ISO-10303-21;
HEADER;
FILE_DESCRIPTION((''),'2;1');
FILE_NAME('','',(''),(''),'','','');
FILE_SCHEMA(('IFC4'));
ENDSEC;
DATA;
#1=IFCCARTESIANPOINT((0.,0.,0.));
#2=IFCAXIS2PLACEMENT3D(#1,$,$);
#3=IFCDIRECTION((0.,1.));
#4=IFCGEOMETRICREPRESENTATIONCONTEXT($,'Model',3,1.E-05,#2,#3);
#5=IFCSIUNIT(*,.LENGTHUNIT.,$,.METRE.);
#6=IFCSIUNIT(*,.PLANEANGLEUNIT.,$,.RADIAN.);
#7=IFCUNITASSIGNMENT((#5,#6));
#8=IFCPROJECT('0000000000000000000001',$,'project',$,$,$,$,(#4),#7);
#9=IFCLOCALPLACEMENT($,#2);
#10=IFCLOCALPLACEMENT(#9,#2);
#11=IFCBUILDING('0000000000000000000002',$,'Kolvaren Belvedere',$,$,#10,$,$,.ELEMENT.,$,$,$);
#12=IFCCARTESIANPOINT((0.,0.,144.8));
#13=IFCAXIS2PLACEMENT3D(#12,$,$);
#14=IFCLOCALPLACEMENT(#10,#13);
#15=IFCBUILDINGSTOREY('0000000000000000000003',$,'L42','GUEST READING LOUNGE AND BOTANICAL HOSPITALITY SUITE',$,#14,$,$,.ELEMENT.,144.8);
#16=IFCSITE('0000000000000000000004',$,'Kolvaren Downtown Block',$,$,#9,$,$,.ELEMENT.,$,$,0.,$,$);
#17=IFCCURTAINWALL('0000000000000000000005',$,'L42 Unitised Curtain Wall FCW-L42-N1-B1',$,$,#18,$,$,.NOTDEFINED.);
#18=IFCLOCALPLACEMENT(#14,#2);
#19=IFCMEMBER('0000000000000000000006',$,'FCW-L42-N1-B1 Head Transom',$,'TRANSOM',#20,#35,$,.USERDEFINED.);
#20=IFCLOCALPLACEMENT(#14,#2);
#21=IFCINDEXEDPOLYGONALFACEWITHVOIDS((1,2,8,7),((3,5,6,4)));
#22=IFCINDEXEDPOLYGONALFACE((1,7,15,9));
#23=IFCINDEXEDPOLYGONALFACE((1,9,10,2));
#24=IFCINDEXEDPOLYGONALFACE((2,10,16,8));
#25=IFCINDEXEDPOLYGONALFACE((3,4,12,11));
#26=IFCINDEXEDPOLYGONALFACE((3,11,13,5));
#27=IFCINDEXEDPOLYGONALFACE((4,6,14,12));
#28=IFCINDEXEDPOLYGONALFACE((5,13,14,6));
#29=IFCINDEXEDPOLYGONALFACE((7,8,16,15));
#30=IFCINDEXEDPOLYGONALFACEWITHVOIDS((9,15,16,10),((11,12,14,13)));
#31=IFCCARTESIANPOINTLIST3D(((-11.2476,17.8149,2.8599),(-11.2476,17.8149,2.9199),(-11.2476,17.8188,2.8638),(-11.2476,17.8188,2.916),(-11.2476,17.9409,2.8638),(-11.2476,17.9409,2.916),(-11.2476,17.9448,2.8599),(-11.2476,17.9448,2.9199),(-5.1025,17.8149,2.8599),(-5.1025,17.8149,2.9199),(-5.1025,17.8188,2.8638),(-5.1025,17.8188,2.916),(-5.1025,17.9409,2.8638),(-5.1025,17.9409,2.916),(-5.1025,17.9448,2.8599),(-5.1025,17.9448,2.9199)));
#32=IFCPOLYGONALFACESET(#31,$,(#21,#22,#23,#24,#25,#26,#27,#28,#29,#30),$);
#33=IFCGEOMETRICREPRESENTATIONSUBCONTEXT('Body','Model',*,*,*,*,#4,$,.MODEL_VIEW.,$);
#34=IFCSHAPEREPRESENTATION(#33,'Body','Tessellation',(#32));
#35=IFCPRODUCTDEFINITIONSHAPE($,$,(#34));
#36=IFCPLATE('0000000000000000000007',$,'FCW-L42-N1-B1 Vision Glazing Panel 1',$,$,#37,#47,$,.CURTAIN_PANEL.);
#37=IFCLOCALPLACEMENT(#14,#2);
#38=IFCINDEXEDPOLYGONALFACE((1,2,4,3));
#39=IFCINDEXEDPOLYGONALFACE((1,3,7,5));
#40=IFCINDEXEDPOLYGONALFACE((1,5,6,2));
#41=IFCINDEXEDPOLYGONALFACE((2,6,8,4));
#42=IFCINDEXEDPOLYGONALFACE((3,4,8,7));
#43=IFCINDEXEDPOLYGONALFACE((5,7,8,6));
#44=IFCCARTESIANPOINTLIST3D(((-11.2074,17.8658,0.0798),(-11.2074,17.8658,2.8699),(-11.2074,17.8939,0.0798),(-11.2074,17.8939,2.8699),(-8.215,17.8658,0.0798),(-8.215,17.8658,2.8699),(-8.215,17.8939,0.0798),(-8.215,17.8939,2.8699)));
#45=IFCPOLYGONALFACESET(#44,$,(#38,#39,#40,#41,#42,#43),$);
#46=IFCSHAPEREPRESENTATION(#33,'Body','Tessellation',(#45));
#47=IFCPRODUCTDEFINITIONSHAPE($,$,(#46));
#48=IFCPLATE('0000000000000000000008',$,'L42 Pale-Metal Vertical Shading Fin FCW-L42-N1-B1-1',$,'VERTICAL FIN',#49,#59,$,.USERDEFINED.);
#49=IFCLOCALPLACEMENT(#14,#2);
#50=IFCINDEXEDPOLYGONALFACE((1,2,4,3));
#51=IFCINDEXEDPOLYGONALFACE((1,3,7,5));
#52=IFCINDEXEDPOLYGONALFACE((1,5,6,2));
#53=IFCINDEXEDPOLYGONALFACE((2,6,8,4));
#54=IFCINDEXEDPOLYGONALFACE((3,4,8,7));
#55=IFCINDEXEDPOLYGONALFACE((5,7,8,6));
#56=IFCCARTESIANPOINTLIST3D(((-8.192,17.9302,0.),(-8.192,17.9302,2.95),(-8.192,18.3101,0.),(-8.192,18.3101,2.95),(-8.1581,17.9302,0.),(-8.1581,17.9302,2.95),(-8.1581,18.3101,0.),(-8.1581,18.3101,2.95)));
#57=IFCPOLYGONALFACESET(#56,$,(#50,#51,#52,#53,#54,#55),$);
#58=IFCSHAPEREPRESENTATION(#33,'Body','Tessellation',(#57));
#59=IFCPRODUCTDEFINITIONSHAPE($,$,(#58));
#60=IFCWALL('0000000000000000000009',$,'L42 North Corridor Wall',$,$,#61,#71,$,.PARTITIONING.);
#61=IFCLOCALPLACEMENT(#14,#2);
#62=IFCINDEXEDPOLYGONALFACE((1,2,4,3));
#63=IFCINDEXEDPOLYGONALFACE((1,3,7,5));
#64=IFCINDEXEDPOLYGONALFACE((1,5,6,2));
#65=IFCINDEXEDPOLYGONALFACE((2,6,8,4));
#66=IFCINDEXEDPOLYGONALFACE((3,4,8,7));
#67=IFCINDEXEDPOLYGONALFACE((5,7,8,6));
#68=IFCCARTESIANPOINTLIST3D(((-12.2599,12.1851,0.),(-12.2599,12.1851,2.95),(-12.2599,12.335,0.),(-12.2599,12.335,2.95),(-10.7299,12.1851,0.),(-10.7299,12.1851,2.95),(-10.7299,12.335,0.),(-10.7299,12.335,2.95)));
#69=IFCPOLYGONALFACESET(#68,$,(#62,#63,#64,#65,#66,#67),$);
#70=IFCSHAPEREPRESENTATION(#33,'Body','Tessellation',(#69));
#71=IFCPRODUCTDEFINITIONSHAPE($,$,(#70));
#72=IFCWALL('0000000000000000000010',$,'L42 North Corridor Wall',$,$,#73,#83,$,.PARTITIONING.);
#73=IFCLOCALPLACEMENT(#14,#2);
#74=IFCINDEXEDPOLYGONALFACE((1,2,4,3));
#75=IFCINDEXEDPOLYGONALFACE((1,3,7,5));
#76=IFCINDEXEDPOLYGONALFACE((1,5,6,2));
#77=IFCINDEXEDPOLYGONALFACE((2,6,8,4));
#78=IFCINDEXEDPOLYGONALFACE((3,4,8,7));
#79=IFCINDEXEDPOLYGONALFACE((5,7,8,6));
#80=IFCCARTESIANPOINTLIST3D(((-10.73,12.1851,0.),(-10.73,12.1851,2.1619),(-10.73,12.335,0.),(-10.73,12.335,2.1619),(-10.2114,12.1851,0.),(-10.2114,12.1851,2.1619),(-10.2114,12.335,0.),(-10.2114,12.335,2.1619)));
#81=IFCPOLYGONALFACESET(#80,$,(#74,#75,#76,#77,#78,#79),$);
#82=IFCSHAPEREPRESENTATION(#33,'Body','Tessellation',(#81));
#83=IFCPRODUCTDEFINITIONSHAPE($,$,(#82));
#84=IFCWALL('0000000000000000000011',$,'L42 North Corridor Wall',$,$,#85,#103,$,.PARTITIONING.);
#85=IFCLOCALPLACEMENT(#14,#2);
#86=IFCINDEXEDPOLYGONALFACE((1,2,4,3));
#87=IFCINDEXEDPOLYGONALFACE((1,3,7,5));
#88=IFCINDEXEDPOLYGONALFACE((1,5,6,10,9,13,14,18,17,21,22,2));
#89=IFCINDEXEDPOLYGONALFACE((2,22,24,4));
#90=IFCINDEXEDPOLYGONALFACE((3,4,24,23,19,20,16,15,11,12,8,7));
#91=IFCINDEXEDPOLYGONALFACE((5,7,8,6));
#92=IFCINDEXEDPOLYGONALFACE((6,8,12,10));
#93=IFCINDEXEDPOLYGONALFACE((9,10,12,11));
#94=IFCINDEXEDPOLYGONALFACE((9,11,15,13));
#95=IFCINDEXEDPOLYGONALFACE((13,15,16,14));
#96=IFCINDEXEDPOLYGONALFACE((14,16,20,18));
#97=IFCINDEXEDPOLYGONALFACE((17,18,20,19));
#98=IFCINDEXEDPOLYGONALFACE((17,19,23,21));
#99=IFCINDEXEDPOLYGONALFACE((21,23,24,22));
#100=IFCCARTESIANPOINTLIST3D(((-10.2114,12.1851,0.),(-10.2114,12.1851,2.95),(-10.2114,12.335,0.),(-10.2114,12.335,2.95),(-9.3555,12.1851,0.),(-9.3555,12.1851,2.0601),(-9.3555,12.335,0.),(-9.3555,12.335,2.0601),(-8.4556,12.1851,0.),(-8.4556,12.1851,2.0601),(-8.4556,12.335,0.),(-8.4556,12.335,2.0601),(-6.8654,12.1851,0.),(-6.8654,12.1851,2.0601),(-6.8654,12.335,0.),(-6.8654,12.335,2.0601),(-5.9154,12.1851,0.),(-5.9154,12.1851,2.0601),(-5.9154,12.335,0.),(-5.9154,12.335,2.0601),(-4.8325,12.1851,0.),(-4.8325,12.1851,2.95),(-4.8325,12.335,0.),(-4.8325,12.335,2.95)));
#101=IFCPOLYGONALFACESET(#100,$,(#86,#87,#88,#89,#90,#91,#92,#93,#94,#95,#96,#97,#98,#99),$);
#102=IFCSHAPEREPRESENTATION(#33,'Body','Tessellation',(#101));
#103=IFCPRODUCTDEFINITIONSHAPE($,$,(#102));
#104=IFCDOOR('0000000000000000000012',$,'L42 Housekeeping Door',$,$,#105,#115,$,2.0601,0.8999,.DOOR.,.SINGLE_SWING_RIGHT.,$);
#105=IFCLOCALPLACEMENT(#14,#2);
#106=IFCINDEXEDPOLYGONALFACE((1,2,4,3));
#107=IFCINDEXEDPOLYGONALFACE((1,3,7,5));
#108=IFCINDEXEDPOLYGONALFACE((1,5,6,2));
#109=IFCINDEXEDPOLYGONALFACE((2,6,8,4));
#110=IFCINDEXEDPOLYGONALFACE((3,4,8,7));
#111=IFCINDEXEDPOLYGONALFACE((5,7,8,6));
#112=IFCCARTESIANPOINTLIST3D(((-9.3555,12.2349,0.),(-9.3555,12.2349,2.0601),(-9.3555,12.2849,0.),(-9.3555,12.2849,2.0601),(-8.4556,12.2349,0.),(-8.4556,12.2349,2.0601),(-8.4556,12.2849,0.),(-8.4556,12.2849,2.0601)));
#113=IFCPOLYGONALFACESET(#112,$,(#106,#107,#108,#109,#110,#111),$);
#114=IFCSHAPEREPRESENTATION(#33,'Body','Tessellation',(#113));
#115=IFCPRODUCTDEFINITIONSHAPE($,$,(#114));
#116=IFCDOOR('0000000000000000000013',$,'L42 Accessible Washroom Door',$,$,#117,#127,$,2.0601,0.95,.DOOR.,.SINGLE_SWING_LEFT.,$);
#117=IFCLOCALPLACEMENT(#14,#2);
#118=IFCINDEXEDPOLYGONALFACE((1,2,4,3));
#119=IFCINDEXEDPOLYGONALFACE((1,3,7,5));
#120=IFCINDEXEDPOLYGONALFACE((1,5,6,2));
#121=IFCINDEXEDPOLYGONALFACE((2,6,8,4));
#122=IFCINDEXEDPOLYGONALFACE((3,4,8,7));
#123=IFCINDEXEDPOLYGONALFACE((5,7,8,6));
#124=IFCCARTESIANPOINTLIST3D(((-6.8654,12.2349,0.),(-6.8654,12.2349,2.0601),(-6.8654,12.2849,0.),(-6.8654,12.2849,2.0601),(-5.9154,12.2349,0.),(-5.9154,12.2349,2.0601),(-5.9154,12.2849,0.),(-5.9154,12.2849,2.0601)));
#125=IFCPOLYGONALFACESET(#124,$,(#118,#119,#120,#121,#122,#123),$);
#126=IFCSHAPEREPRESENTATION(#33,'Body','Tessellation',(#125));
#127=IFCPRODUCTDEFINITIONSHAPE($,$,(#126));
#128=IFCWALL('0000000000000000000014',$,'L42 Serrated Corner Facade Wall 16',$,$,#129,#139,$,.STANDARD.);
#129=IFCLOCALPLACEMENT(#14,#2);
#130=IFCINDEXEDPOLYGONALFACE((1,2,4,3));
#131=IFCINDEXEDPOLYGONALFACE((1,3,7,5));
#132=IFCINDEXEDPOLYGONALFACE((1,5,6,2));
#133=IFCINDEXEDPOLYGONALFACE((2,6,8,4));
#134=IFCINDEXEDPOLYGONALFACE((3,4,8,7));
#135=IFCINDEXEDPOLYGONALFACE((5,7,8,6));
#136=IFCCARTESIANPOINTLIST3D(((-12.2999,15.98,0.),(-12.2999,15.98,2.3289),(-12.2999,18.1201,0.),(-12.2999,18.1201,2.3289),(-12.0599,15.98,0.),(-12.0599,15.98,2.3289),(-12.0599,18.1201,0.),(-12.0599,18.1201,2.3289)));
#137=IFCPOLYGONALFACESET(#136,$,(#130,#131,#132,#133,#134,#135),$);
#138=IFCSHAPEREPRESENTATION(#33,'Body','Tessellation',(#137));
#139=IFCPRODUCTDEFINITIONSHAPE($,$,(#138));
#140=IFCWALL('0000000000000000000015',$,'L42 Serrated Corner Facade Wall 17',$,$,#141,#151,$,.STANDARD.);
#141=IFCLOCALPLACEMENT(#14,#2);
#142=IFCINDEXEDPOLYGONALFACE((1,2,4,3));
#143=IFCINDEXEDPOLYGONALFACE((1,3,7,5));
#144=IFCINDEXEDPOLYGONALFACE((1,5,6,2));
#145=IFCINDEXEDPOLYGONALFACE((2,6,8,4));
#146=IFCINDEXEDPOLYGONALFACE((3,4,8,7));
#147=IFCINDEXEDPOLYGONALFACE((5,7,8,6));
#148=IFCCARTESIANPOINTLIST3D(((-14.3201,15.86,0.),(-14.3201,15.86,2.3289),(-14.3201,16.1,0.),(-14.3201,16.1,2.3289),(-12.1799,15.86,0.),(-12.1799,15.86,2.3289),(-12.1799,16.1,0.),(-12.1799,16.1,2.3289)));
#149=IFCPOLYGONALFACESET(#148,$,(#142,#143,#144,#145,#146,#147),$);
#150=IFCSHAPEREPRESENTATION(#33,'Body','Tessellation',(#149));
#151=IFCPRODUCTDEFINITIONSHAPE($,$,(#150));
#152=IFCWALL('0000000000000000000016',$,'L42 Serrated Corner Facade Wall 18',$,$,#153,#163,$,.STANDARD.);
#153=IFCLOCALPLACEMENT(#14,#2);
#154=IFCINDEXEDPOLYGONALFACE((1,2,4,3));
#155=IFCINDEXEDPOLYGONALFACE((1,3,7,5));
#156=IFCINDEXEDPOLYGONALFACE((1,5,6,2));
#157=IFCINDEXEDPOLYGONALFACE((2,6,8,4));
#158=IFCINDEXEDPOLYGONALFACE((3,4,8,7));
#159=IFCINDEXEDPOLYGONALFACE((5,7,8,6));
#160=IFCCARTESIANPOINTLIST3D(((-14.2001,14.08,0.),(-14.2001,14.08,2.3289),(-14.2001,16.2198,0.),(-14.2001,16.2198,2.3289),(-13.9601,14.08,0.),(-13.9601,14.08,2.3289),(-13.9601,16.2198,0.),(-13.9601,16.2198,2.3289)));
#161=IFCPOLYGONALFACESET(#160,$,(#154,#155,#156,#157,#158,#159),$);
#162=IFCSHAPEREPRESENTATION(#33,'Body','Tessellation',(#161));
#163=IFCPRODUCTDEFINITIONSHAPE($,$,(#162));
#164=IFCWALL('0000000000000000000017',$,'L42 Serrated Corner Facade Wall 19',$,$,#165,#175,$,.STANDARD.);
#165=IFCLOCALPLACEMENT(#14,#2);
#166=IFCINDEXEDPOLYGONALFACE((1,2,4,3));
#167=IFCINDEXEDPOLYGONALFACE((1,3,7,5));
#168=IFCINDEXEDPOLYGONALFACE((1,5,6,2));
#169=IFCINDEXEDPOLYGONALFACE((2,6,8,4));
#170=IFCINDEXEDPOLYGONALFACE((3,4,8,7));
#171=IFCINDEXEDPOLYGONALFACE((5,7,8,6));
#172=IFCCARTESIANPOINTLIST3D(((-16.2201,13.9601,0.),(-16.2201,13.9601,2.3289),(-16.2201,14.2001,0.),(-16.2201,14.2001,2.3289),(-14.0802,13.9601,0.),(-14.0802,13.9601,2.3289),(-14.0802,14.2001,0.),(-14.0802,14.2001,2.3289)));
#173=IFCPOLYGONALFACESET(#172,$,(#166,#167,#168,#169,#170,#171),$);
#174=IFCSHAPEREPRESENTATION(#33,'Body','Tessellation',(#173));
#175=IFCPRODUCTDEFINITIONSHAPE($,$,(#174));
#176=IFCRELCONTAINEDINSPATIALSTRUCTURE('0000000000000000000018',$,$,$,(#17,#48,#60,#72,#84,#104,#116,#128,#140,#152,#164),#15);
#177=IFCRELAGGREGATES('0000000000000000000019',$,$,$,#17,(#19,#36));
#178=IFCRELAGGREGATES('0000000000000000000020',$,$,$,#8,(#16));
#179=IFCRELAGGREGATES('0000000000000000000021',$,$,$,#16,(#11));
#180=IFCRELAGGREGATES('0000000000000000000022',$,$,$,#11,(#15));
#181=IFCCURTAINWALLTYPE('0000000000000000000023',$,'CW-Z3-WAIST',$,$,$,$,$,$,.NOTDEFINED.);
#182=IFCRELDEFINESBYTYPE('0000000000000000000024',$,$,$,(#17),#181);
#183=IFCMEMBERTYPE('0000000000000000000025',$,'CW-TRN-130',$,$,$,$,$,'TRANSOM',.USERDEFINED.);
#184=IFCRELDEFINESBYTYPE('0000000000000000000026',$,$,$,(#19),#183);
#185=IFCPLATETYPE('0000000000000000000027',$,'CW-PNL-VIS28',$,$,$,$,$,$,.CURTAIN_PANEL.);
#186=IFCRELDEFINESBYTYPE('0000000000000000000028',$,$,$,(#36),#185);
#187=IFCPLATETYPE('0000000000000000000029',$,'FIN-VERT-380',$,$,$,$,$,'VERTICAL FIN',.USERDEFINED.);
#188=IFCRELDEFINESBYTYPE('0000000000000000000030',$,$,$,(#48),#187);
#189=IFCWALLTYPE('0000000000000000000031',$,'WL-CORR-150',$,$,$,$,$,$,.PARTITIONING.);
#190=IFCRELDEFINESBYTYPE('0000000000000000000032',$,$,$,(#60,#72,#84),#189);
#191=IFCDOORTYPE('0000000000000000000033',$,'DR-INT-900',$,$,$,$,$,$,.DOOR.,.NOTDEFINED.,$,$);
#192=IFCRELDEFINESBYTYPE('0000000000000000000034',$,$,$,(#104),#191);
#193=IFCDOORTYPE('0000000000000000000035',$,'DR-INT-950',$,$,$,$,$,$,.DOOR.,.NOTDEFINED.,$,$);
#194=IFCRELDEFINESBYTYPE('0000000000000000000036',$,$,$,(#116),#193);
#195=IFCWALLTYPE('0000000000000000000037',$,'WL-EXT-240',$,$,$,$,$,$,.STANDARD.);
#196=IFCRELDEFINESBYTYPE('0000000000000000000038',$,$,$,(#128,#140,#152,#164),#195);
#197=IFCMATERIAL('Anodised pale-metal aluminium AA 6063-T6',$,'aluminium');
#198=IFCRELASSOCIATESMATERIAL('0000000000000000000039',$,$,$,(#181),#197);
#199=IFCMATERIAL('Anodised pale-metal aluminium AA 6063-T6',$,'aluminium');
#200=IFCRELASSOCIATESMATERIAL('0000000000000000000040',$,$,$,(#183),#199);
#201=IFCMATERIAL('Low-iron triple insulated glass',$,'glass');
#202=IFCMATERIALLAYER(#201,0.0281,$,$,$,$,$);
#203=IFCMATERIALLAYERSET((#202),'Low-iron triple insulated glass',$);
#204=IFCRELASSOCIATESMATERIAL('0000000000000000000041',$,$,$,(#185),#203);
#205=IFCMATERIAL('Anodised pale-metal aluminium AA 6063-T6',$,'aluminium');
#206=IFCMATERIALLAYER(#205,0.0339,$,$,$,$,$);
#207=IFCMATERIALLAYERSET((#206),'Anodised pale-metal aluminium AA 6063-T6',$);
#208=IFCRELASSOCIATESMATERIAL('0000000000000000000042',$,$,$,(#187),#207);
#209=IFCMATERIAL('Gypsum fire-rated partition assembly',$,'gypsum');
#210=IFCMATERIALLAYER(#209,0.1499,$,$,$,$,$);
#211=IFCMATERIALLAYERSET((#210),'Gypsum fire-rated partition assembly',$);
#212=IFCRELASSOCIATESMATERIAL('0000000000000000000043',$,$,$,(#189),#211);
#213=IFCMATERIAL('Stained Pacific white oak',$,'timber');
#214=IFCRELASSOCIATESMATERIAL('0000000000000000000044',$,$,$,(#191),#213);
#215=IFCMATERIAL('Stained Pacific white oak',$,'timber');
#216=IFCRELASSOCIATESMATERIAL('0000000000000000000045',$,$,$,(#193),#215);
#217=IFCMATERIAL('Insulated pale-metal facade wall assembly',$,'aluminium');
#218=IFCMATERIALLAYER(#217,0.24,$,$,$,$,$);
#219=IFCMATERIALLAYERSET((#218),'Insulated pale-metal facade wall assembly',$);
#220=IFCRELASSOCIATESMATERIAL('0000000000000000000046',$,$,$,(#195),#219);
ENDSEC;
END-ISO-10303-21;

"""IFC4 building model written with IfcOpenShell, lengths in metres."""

from ifc_helpers import new_model, si_unit, direction, frame, frame_2d, origin, origin_2d, place, context, subcontext, project, spatial, rectangle, hollow_rectangle, extrude, material, layer, layer_set, material_profile, profile_set, type_object, element, fill, aggregate, save


model = new_model("IFC4")

# Units and contexts
model_context = context("Model", 3, precision=1e-05, world=origin(), true_north=direction((0.0, 1.0)))
body_context = subcontext(model_context, "Body", "Model", "MODEL_VIEW")
ifc_project = project(units=[si_unit("LENGTHUNIT", "METRE"), si_unit("PLANEANGLEUNIT", "RADIAN")], contexts=[model_context])

# Site, building, storey
site_placement = place(None, origin())
site = spatial("IfcSite", under=ifc_project, at=site_placement, Name="Kolvaren Downtown Block", CompositionType="ELEMENT", RefElevation=0.0)
building_placement = place(site_placement, origin())
building = spatial("IfcBuilding", under=site, at=building_placement, Name="Kolvaren Belvedere", CompositionType="ELEMENT")
storey_placement = place(building_placement, frame((0.0, 0.0, 144.8)))
storey = spatial("IfcBuildingStorey", under=building, at=storey_placement, Name="L42", Description="GUEST READING LOUNGE AND BOTANICAL HOSPITALITY SUITE", CompositionType="ELEMENT", Elevation=144.8)

# Curtain wall, member, plate
ifc_material_1 = material(Name="Anodised pale-metal aluminium AA 6063-T6", Category="aluminium")
curtain_wall_type = type_object("IfcCurtainWallType", Name="CW-Z3-WAIST", PredefinedType="NOTDEFINED", material=ifc_material_1)
curtain_wall_placement = place(storey_placement, origin())
curtain_wall = element("IfcCurtainWall", 1, at=curtain_wall_placement, inside=storey, type_object=curtain_wall_type, Name="L42 Unitised Curtain Wall FCW-L42-N1-B1", PredefinedType="NOTDEFINED")
ifc_material_2 = material(Name="Anodised pale-metal aluminium AA 6063-T6", Category="aluminium")
ifc_material_profile_1 = material_profile(ifc_material_2, hollow_rectangle(XDim=0.0601, YDim=0.1299, WallThickness=0.0039, at=origin_2d()), Name="ALU-TRN-130X60")
ifc_profile_set_1 = profile_set([ifc_material_profile_1], Name="Anodised pale-metal aluminium AA 6063-T6")
member_type_1 = type_object("IfcMemberType", Name="CW-TRN-130", ElementType="TRANSOM", PredefinedType="USERDEFINED", material=ifc_profile_set_1)
member_1_placement = place(storey_placement, frame((-11.2476, 17.8799, 2.8899), z_axis=(1.0, 0.0, 0.0), x_axis=(0.0, 0.0, 1.0)))
member_1 = element("IfcMember", 2, at=member_1_placement, type_object=member_type_1, Name="FCW-L42-N1-B1 Head Transom", ObjectType="TRANSOM", PredefinedType="USERDEFINED", context=body_context, shape_type="SweptSolid", body=[
    extrude(hollow_rectangle(XDim=0.0601, YDim=0.1299, WallThickness=0.0039, at=origin_2d()), origin(), (0.0, 0.0, 1.0), 6.145),
])
ifc_material_3 = material(Name="Low-iron triple insulated glass", Category="glass")
ifc_layer_1 = layer(ifc_material_3, 0.0281)
ifc_layer_set_1 = layer_set([ifc_layer_1], Name="Low-iron triple insulated glass")
plate_type_1 = type_object("IfcPlateType", Name="CW-PNL-VIS28", PredefinedType="CURTAIN_PANEL", material=ifc_layer_set_1)
plate_1_placement = place(storey_placement, frame((-9.7112, 17.8799, 0.0798), z_axis=(0.0, 0.0, 1.0), x_axis=(1.0, 0.0, 0.0)))
plate_1 = element("IfcPlate", 3, at=plate_1_placement, type_object=plate_type_1, Name="FCW-L42-N1-B1 Vision Glazing Panel 1", PredefinedType="CURTAIN_PANEL", context=body_context, shape_type="SweptSolid", body=[
    extrude(rectangle(XDim=2.9924, YDim=0.0281, at=origin_2d()), origin(), (0.0, 0.0, 1.0), 2.79),
])
aggregate(curtain_wall, [member_1, plate_1])

# Plate
ifc_material_4 = material(Name="Anodised pale-metal aluminium AA 6063-T6", Category="aluminium")
ifc_layer_2 = layer(ifc_material_4, 0.0339)
ifc_layer_set_2 = layer_set([ifc_layer_2], Name="Anodised pale-metal aluminium AA 6063-T6")
plate_type_2 = type_object("IfcPlateType", Name="FIN-VERT-380", ElementType="VERTICAL FIN", PredefinedType="USERDEFINED", material=ifc_layer_set_2)
plate_2_placement = place(storey_placement, frame((-8.175, 18.1201, 0.0), z_axis=(0.0, 0.0, 1.0), x_axis=(0.0, 1.0, 0.0)))
element("IfcPlate", 4, at=plate_2_placement, inside=storey, type_object=plate_type_2, Name="L42 Pale-Metal Vertical Shading Fin FCW-L42-N1-B1-1", ObjectType="VERTICAL FIN", PredefinedType="USERDEFINED", context=body_context, shape_type="SweptSolid", body=[
    extrude(rectangle(XDim=0.3799, YDim=0.0339, at=origin_2d()), origin(), (0.0, 0.0, 1.0), 2.95),
])

# Walls
ifc_material_5 = material(Name="Gypsum fire-rated partition assembly", Category="gypsum")
ifc_layer_3 = layer(ifc_material_5, 0.1499)
ifc_layer_set_3 = layer_set([ifc_layer_3], Name="Gypsum fire-rated partition assembly")
wall_type_1 = type_object("IfcWallType", Name="WL-CORR-150", PredefinedType="PARTITIONING", material=ifc_layer_set_3)
wall_1_placement = place(storey_placement, frame((-12.26, 12.26, 0.0), z_axis=(0.0, 0.0, 1.0), x_axis=(1.0, 0.0, 0.0)))
element("IfcWall", 5, at=wall_1_placement, inside=storey, type_object=wall_type_1, Name="L42 North Corridor Wall", PredefinedType="PARTITIONING", context=body_context, shape_type="SweptSolid", body=[
    extrude(rectangle(XDim=1.53, YDim=0.1499, at=frame_2d((0.7651, 0.0))), origin(), (0.0, 0.0, 1.0), 2.95),
])
wall_2_placement = place(storey_placement, frame((-10.73, 12.26, 0.0), z_axis=(0.0, 0.0, 1.0), x_axis=(1.0, 0.0, 0.0)))
element("IfcWall", 6, at=wall_2_placement, inside=storey, type_object=wall_type_1, Name="L42 North Corridor Wall", PredefinedType="PARTITIONING", context=body_context, shape_type="SweptSolid", body=[
    extrude(rectangle(XDim=0.5186, YDim=0.1499, at=frame_2d((0.2593, 0.0))), origin(), (0.0, 0.0, 1.0), 2.1619),
])

# Wall, openings, doors
wall_3_placement = place(storey_placement, frame((-10.2114, 12.26, 0.0), z_axis=(0.0, 0.0, 1.0), x_axis=(1.0, 0.0, 0.0)))
wall_3 = element("IfcWall", 7, at=wall_3_placement, inside=storey, type_object=wall_type_1, Name="L42 North Corridor Wall", PredefinedType="PARTITIONING", context=body_context, shape_type="SweptSolid", body=[
    extrude(rectangle(XDim=5.3789, YDim=0.1499, at=frame_2d((2.6895, 0.0))), origin(), (0.0, 0.0, 1.0), 2.95),
])
opening_1_placement = place(wall_3_placement, frame((0.856, 0.0, 0.0)))
opening_1 = element("IfcOpeningElement", 8, at=opening_1_placement, cuts=wall_3, PredefinedType="OPENING", context=body_context, shape_type="SweptSolid", body=[
    extrude(rectangle(XDim=0.8999, YDim=2.0601, at=frame_2d((0.45, 1.03))), frame((0.0, 0.085, 0.0), z_axis=(0.0, -1.0, 0.0), x_axis=(1.0, 0.0, 0.0)), (0.0, 0.0, 1.0), 0.1699),
])
opening_2_placement = place(wall_3_placement, frame((3.3459, 0.0, 0.0)))
opening_2 = element("IfcOpeningElement", 9, at=opening_2_placement, cuts=wall_3, PredefinedType="OPENING", context=body_context, shape_type="SweptSolid", body=[
    extrude(rectangle(XDim=0.95, YDim=2.0601, at=frame_2d((0.4751, 1.03))), frame((0.0, 0.085, 0.0), z_axis=(0.0, -1.0, 0.0), x_axis=(1.0, 0.0, 0.0)), (0.0, 0.0, 1.0), 0.1699),
])
ifc_material_6 = material(Name="Stained Pacific white oak", Category="timber")
door_type_1 = type_object("IfcDoorType", Name="DR-INT-900", OperationType="NOTDEFINED", PredefinedType="DOOR", material=ifc_material_6)
door_1_placement = place(opening_1_placement, origin())
door_1 = element("IfcDoor", 10, at=door_1_placement, inside=storey, type_object=door_type_1, Name="L42 Housekeeping Door", OperationType="SINGLE_SWING_RIGHT", OverallHeight=2.0601, OverallWidth=0.8999, PredefinedType="DOOR", context=body_context, shape_type="SweptSolid", body=[
    extrude(rectangle(XDim=0.8999, YDim=2.0601, at=frame_2d((0.45, 1.03))), frame((0.0, 0.0249, 0.0), z_axis=(0.0, -1.0, 0.0), x_axis=(1.0, 0.0, 0.0)), (0.0, 0.0, 1.0), 0.05),
])
fill(opening_1, door_1)
ifc_material_7 = material(Name="Stained Pacific white oak", Category="timber")
door_type_2 = type_object("IfcDoorType", Name="DR-INT-950", OperationType="NOTDEFINED", PredefinedType="DOOR", material=ifc_material_7)
door_2_placement = place(opening_2_placement, origin())
door_2 = element("IfcDoor", 11, at=door_2_placement, inside=storey, type_object=door_type_2, Name="L42 Accessible Washroom Door", OperationType="SINGLE_SWING_LEFT", OverallHeight=2.0601, OverallWidth=0.95, PredefinedType="DOOR", context=body_context, shape_type="SweptSolid", body=[
    extrude(rectangle(XDim=0.95, YDim=2.0601, at=frame_2d((0.4751, 1.03))), frame((0.0, 0.0249, 0.0), z_axis=(0.0, -1.0, 0.0), x_axis=(1.0, 0.0, 0.0)), (0.0, 0.0, 1.0), 0.05),
])
fill(opening_2, door_2)

# Walls
ifc_material_8 = material(Name="Insulated pale-metal facade wall assembly", Category="aluminium")
ifc_layer_4 = layer(ifc_material_8, 0.24)
ifc_layer_set_4 = layer_set([ifc_layer_4], Name="Insulated pale-metal facade wall assembly")
wall_type_2 = type_object("IfcWallType", Name="WL-EXT-240", PredefinedType="STANDARD", material=ifc_layer_set_4)
for number, where, z_axis, x_axis, name in (
    (12, (-12.1799, 15.98, 0.0), (0.0, 0.0, 1.0), (0.0, 1.0, 0.0), "L42 Serrated Corner Facade Wall 16"),
    (13, (-14.3201, 15.98, 0.0), (0.0, 0.0, 1.0), (1.0, 0.0, 0.0), "L42 Serrated Corner Facade Wall 17"),
):
    element("IfcWall", number, at=place(storey_placement, frame(where, z_axis=z_axis, x_axis=x_axis)), inside=storey, type_object=wall_type_2, Name=name, PredefinedType="STANDARD", context=body_context, shape_type="SweptSolid", body=[
        extrude(rectangle(XDim=2.1401, YDim=0.24, at=frame_2d((1.0701, 0.0))), origin(), (0.0, 0.0, 1.0), 2.3289),
    ])
for number, where, z_axis, x_axis, name in (
    (14, (-14.0801, 14.0801, 0.0), (0.0, 0.0, 1.0), (0.0, 1.0, 0.0), "L42 Serrated Corner Facade Wall 18"),
    (15, (-16.22, 14.0801, 0.0), (0.0, 0.0, 1.0), (1.0, 0.0, 0.0), "L42 Serrated Corner Facade Wall 19"),
):
    element("IfcWall", number, at=place(storey_placement, frame(where, z_axis=z_axis, x_axis=x_axis)), inside=storey, type_object=wall_type_2, Name=name, PredefinedType="STANDARD", context=body_context, shape_type="SweptSolid", body=[
        extrude(rectangle(XDim=2.1399, YDim=0.24, at=frame_2d((1.0698, 0.0))), origin(), (0.0, 0.0, 1.0), 2.3289),
    ])

save(model, "model.ifc")
